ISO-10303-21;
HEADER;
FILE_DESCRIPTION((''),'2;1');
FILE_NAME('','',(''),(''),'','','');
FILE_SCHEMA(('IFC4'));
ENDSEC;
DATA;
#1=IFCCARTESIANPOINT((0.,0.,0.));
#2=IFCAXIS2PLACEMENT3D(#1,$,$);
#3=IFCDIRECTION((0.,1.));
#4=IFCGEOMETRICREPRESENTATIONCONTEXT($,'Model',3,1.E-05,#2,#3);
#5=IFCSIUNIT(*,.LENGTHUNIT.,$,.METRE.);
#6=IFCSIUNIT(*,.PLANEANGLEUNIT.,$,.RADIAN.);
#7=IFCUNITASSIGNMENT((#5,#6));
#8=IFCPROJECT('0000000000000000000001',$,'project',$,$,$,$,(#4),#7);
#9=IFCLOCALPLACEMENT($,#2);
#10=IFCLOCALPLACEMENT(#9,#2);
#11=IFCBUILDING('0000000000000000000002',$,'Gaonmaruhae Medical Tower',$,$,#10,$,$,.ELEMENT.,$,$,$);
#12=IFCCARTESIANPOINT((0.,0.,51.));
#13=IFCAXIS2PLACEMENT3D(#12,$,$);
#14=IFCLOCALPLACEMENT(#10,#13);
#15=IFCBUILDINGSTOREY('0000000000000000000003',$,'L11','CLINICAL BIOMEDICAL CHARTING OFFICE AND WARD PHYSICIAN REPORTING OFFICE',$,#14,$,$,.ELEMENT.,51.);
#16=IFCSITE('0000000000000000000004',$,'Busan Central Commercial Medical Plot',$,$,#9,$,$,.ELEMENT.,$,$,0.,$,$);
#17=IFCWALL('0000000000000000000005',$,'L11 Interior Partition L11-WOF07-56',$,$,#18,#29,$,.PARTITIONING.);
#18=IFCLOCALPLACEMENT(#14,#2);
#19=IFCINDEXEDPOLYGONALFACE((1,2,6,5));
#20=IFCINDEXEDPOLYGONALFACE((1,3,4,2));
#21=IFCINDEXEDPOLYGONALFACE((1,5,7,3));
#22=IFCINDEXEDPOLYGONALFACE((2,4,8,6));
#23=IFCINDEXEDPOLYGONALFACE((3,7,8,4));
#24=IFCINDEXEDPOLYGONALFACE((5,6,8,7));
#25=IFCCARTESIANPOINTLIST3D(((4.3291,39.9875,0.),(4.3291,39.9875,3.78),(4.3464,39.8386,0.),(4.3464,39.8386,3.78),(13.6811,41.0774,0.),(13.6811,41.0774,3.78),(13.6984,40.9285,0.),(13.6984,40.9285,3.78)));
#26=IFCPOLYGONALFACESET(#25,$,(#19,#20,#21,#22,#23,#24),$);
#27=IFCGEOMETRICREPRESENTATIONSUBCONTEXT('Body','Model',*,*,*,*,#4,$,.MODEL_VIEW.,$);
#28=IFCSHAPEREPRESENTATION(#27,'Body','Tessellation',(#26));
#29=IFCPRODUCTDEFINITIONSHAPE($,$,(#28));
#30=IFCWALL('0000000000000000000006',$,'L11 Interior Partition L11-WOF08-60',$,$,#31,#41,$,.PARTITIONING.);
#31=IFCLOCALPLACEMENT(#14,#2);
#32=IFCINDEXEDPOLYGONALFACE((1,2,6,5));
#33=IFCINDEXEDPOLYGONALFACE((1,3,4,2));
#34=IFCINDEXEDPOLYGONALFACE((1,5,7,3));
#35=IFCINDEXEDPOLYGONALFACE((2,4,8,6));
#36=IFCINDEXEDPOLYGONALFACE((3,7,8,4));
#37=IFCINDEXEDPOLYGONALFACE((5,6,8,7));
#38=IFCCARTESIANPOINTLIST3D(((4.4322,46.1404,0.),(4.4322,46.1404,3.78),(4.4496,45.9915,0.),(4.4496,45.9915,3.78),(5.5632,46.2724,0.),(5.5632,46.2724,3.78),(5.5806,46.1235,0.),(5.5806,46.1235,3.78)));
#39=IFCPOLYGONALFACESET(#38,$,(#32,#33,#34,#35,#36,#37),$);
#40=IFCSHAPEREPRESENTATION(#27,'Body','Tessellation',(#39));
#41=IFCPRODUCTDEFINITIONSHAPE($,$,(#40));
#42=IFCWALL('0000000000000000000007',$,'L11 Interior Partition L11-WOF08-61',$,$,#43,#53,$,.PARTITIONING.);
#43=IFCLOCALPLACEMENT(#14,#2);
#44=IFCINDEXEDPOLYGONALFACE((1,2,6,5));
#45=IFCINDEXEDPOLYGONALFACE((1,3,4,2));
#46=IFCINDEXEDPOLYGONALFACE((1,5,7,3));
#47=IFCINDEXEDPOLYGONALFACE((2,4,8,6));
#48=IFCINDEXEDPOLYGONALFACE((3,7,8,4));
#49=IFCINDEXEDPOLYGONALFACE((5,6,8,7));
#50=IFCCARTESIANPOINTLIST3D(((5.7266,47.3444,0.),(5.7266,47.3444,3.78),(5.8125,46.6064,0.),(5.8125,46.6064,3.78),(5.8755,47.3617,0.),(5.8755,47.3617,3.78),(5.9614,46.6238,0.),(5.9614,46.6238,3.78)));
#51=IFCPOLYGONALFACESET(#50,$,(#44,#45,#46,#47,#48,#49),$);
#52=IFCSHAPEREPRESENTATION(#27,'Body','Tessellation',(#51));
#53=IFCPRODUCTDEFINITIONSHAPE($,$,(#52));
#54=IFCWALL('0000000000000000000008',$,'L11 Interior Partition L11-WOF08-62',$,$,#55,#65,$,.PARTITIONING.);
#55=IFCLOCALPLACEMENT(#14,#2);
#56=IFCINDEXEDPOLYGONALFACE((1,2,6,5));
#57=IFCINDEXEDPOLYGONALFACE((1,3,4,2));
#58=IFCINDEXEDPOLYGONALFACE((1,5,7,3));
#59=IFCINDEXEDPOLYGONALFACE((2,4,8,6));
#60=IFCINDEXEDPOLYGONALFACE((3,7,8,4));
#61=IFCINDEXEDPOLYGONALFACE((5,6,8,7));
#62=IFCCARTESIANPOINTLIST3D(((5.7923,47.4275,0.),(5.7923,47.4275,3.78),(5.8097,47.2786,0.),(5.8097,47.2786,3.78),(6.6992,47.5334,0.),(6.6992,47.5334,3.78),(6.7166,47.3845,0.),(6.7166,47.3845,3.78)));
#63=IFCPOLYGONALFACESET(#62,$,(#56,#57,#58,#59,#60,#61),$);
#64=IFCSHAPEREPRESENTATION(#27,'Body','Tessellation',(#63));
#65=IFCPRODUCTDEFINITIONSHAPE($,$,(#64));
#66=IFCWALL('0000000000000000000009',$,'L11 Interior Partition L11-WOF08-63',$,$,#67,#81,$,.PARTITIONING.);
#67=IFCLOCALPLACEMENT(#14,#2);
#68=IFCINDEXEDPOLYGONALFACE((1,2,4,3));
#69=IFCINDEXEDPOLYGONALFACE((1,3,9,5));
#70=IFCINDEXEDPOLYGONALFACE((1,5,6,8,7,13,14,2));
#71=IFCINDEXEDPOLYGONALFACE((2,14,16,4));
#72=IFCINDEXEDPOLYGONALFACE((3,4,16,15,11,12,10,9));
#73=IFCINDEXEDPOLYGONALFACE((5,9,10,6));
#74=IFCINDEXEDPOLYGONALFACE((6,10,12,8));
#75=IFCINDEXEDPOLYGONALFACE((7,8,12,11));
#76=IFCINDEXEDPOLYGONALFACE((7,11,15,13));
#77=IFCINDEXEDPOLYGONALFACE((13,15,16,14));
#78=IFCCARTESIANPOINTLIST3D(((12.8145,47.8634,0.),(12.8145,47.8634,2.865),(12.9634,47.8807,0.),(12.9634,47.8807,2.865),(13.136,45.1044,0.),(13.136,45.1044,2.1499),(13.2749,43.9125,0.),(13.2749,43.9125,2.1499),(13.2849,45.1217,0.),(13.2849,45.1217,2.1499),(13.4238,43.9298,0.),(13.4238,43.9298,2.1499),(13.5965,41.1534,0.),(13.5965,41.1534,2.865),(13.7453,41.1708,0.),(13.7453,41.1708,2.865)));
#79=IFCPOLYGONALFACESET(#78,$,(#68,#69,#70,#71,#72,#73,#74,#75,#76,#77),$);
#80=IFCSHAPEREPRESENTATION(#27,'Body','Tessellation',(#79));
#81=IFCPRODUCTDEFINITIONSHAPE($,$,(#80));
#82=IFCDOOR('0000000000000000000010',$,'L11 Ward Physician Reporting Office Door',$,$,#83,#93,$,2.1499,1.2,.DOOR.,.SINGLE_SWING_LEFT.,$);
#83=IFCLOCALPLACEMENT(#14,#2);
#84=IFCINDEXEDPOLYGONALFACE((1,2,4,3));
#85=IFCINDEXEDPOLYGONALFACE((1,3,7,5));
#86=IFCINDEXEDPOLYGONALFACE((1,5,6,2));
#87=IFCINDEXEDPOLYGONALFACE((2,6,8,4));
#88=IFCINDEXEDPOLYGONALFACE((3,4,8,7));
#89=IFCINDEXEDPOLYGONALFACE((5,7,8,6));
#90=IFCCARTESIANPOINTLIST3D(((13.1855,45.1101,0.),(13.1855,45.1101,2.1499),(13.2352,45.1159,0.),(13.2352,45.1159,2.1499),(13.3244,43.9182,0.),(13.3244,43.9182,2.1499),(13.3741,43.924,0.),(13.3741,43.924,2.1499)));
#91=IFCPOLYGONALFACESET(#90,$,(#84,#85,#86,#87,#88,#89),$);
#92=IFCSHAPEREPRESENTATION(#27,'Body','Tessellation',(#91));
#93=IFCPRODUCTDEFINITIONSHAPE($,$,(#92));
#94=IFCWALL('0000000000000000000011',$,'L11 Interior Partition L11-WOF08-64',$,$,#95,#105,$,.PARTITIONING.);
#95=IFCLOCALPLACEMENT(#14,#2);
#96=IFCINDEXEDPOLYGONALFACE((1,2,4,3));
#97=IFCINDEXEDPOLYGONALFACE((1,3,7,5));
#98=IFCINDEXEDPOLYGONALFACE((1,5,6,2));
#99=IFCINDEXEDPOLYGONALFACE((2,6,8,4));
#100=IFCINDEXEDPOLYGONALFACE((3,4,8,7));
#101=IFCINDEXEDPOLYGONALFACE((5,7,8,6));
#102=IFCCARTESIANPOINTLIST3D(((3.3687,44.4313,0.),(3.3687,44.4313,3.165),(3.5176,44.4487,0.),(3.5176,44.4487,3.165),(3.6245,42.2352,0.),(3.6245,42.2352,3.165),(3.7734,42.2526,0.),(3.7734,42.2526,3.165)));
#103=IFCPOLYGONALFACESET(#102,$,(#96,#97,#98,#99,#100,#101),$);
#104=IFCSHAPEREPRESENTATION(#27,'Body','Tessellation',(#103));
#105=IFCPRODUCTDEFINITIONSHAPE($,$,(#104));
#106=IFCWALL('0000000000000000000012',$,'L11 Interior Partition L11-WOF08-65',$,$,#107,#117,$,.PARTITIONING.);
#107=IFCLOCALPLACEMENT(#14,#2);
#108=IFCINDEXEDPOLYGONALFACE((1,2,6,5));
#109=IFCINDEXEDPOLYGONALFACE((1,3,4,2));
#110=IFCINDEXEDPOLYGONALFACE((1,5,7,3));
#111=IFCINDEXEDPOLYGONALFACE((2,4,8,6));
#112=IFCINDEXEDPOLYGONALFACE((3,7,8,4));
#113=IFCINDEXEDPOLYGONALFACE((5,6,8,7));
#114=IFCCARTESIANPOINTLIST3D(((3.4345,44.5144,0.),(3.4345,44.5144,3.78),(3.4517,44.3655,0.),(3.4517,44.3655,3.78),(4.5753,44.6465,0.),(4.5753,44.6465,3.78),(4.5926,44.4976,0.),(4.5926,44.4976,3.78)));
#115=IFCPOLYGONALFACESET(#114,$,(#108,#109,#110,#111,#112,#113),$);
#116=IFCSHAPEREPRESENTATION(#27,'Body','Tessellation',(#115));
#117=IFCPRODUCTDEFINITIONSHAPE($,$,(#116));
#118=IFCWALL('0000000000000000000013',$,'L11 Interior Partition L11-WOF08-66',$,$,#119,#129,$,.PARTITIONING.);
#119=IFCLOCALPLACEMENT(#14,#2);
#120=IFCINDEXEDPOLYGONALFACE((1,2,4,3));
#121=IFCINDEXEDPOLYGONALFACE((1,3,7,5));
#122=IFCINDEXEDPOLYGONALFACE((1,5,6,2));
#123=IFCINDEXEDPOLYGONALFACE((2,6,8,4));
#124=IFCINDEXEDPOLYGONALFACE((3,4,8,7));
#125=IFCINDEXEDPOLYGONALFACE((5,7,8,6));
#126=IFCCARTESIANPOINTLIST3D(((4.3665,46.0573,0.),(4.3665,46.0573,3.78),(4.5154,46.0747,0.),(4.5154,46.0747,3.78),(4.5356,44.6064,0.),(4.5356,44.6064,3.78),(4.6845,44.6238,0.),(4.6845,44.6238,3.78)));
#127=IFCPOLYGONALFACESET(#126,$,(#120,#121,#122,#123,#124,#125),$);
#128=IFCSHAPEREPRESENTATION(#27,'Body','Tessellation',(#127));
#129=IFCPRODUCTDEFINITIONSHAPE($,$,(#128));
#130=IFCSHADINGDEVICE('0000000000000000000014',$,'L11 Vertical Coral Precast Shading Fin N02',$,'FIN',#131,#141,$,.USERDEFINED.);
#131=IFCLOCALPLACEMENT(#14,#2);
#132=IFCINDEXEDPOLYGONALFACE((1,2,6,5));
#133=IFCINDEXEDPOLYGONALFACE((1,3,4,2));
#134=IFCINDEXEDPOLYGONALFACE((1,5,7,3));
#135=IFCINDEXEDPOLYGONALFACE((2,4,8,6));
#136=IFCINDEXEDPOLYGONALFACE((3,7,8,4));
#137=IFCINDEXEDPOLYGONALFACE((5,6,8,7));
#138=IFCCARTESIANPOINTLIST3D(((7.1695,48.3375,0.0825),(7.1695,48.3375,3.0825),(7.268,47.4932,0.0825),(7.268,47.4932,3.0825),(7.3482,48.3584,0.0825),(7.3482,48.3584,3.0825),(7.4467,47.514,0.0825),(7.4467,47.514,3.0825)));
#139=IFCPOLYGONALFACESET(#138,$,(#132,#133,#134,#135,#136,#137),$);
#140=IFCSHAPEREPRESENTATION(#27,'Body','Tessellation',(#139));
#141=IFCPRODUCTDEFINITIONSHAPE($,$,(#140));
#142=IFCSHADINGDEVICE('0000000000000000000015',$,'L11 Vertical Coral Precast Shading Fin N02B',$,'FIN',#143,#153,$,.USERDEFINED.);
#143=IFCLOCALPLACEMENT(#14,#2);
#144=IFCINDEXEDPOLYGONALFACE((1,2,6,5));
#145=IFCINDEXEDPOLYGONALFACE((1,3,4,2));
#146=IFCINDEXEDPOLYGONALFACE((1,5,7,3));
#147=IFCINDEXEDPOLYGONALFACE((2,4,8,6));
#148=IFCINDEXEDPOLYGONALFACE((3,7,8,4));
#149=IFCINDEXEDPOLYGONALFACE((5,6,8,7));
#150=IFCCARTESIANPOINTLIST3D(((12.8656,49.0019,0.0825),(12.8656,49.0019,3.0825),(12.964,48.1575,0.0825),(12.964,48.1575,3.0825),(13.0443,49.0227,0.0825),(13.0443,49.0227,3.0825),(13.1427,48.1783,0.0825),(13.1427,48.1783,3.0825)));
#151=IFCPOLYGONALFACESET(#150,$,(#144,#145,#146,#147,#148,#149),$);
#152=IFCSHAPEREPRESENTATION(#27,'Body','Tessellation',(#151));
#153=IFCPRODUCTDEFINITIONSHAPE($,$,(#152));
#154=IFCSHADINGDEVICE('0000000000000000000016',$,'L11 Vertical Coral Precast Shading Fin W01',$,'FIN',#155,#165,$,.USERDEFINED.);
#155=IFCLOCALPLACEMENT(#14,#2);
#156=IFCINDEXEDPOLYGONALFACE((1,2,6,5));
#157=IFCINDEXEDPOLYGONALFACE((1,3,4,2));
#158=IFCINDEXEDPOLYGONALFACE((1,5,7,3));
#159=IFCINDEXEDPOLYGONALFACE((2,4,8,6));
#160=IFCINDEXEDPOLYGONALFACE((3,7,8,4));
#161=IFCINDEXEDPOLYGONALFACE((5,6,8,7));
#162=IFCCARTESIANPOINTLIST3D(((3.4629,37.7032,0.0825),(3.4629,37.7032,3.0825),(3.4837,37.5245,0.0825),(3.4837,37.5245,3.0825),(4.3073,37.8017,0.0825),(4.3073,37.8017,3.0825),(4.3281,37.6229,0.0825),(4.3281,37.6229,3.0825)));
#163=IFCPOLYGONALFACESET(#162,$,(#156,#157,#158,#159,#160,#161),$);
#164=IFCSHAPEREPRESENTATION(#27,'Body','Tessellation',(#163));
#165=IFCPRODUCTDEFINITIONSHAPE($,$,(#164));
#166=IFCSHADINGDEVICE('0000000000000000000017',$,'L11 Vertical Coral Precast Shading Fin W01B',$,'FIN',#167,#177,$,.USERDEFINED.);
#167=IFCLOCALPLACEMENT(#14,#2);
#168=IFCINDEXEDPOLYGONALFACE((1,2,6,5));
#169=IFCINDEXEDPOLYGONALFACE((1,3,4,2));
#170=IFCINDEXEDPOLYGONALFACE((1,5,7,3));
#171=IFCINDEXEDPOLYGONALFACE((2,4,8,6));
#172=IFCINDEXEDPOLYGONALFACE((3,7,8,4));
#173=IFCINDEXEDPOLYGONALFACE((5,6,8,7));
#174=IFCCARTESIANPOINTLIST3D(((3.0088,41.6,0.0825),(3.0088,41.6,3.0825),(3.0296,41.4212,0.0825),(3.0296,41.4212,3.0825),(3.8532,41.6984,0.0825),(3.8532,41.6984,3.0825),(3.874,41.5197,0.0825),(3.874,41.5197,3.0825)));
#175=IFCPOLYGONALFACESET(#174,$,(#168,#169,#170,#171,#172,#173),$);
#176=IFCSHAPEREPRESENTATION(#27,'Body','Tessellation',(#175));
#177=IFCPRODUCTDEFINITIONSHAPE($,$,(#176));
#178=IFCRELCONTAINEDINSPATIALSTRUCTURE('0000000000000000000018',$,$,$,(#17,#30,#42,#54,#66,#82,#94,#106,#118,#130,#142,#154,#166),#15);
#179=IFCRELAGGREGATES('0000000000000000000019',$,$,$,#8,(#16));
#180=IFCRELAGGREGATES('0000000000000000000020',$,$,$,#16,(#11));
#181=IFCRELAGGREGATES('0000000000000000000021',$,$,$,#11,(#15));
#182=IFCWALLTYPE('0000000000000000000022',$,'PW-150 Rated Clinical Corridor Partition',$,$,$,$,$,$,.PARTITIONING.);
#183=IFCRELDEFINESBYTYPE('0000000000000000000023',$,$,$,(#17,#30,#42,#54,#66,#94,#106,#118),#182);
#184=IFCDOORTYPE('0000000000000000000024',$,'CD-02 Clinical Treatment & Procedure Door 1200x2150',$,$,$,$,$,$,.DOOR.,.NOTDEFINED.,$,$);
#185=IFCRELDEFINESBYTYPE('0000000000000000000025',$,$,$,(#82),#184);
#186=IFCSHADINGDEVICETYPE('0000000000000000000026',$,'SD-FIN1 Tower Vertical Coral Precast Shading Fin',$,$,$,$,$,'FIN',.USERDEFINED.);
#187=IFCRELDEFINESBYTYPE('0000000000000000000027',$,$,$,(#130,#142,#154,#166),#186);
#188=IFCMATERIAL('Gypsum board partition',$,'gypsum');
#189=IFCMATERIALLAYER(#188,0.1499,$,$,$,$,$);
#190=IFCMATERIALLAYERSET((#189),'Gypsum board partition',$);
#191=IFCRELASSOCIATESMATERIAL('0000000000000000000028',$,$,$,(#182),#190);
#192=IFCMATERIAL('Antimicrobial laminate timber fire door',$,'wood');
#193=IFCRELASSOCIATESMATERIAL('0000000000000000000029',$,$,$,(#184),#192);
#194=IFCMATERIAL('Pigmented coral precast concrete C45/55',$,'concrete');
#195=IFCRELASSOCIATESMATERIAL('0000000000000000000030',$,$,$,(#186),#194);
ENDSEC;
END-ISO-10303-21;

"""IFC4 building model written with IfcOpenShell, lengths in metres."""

from ifc_helpers import new_model, si_unit, direction, frame, frame_2d, origin, origin_2d, place, context, subcontext, project, spatial, rectangle, extrude, material, layer, layer_set, type_object, element, fill, save


model = new_model("IFC4")

# Units and contexts
model_context = context("Model", 3, precision=1e-05, world=origin(), true_north=direction((0.0, 1.0)))
body_context = subcontext(model_context, "Body", "Model", "MODEL_VIEW")
ifc_project = project(units=[si_unit("LENGTHUNIT", "METRE"), si_unit("PLANEANGLEUNIT", "RADIAN")], contexts=[model_context])

# Site, building, storey
site_placement = place(None, origin())
site = spatial("IfcSite", under=ifc_project, at=site_placement, Name="Busan Central Commercial Medical Plot", CompositionType="ELEMENT", RefElevation=0.0)
building_placement = place(site_placement, origin())
building = spatial("IfcBuilding", under=site, at=building_placement, Name="Gaonmaruhae Medical Tower", CompositionType="ELEMENT")
storey_placement = place(building_placement, frame((0.0, 0.0, 51.0)))
storey = spatial("IfcBuildingStorey", under=building, at=storey_placement, Name="L11", Description="CLINICAL BIOMEDICAL CHARTING OFFICE AND WARD PHYSICIAN REPORTING OFFICE", CompositionType="ELEMENT", Elevation=51.0)

# Walls
ifc_material_1 = material(Name="Gypsum board partition", Category="gypsum")
ifc_layer_1 = layer(ifc_material_1, 0.1499)
ifc_layer_set_1 = layer_set([ifc_layer_1], Name="Gypsum board partition")
wall_type_1 = type_object("IfcWallType", Name="PW-150 Rated Clinical Corridor Partition", PredefinedType="PARTITIONING", material=ifc_layer_set_1)
wall_1_placement = place(storey_placement, frame((4.3379, 39.9131, 0.0), z_axis=(0.0, 0.0, 1.0), x_axis=(0.993278, 0.115752, 0.0)))
element("IfcWall", 1, at=wall_1_placement, inside=storey, type_object=wall_type_1, Name="L11 Interior Partition L11-WOF07-56", PredefinedType="PARTITIONING", context=body_context, shape_type="SweptSolid", body=[
    extrude(rectangle(XDim=9.4153, YDim=0.1499, at=frame_2d((4.7075, 0.0))), origin(), (0.0, 0.0, 1.0), 3.78),
])
wall_2_placement = place(storey_placement, frame((4.4409, 46.0659, 0.0), z_axis=(0.0, 0.0, 1.0), x_axis=(0.993251, 0.115983, 0.0)))
element("IfcWall", 2, at=wall_2_placement, inside=storey, type_object=wall_type_1, Name="L11 Interior Partition L11-WOF08-60", PredefinedType="PARTITIONING", context=body_context, shape_type="SweptSolid", body=[
    extrude(rectangle(XDim=1.1387, YDim=0.1499, at=frame_2d((0.5693, 0.0))), origin(), (0.0, 0.0, 1.0), 3.78),
])
wall_3_placement = place(storey_placement, frame((5.887, 46.615, 0.0), z_axis=(0.0, 0.0, 1.0), x_axis=(-0.115659, 0.993289, 0.0)))
element("IfcWall", 3, at=wall_3_placement, inside=storey, type_object=wall_type_1, Name="L11 Interior Partition L11-WOF08-61", PredefinedType="PARTITIONING", context=body_context, shape_type="SweptSolid", body=[
    extrude(rectangle(XDim=0.7429, YDim=0.1499, at=frame_2d((0.3716, 0.0))), origin(), (0.0, 0.0, 1.0), 3.78),
])
wall_4_placement = place(storey_placement, frame((5.801, 47.353, 0.0), z_axis=(0.0, 0.0, 1.0), x_axis=(0.993245, 0.116035, 0.0)))
element("IfcWall", 4, at=wall_4_placement, inside=storey, type_object=wall_type_1, Name="L11 Interior Partition L11-WOF08-62", PredefinedType="PARTITIONING", context=body_context, shape_type="SweptSolid", body=[
    extrude(rectangle(XDim=0.9131, YDim=0.1499, at=frame_2d((0.4565, 0.0))), origin(), (0.0, 0.0, 1.0), 3.78),
])

# Wall, opening, door
wall_5_placement = place(storey_placement, frame((12.8889, 47.8721, 0.0), z_axis=(0.0, 0.0, 1.0), x_axis=(0.115757, -0.993278, 0.0)))
wall_5 = element("IfcWall", 5, at=wall_5_placement, inside=storey, type_object=wall_type_1, Name="L11 Interior Partition L11-WOF08-63", PredefinedType="PARTITIONING", context=body_context, shape_type="SweptSolid", body=[
    extrude(rectangle(XDim=6.7554, YDim=0.1499, at=frame_2d((3.3777, 0.0))), origin(), (0.0, 0.0, 1.0), 2.865),
])
opening_placement = place(wall_5_placement, frame((2.7776, 0.0, 0.0)))
opening = element("IfcOpeningElement", 6, at=opening_placement, cuts=wall_5, PredefinedType="OPENING", context=body_context, shape_type="SweptSolid", body=[
    extrude(rectangle(XDim=1.2, YDim=2.1499, at=frame_2d((0.6001, 1.075))), frame((0.0, 0.085, 0.0), z_axis=(0.0, -1.0, 0.0), x_axis=(1.0, 0.0, 0.0)), (0.0, 0.0, 1.0), 0.1699),
])
ifc_material_2 = material(Name="Antimicrobial laminate timber fire door", Category="wood")
door_type = type_object("IfcDoorType", Name="CD-02 Clinical Treatment & Procedure Door 1200x2150", OperationType="NOTDEFINED", PredefinedType="DOOR", material=ifc_material_2)
door_placement = place(opening_placement, origin())
door = element("IfcDoor", 7, at=door_placement, inside=storey, type_object=door_type, Name="L11 Ward Physician Reporting Office Door", OperationType="SINGLE_SWING_LEFT", OverallHeight=2.1499, OverallWidth=1.2, PredefinedType="DOOR", context=body_context, shape_type="SweptSolid", body=[
    extrude(rectangle(XDim=1.2, YDim=2.1499, at=frame_2d((0.6001, 1.075))), frame((0.0, 0.0249, 0.0), z_axis=(0.0, -1.0, 0.0), x_axis=(1.0, 0.0, 0.0)), (0.0, 0.0, 1.0), 0.05),
])
fill(opening, door)

# Walls
wall_6_placement = place(storey_placement, frame((3.699, 42.2439, 0.0), z_axis=(0.0, 0.0, 1.0), x_axis=(-0.115726, 0.993281, 0.0)))
element("IfcWall", 8, at=wall_6_placement, inside=storey, type_object=wall_type_1, Name="L11 Interior Partition L11-WOF08-64", PredefinedType="PARTITIONING", context=body_context, shape_type="SweptSolid", body=[
    extrude(rectangle(XDim=2.2109, YDim=0.1499, at=frame_2d((1.1055, 0.0))), origin(), (0.0, 0.0, 1.0), 3.165),
])
wall_7_placement = place(storey_placement, frame((3.4431, 44.4399, 0.0), z_axis=(0.0, 0.0, 1.0), x_axis=(0.993365, 0.115003, 0.0)))
element("IfcWall", 9, at=wall_7_placement, inside=storey, type_object=wall_type_1, Name="L11 Interior Partition L11-WOF08-65", PredefinedType="PARTITIONING", context=body_context, shape_type="SweptSolid", body=[
    extrude(rectangle(XDim=1.1484, YDim=0.1499, at=frame_2d((0.5742, 0.0))), origin(), (0.0, 0.0, 1.0), 3.78),
])
wall_8_placement = place(storey_placement, frame((4.6101, 44.615, 0.0), z_axis=(0.0, 0.0, 1.0), x_axis=(-0.115823, 0.99327, 0.0)))
element("IfcWall", 10, at=wall_8_placement, inside=storey, type_object=wall_type_1, Name="L11 Interior Partition L11-WOF08-66", PredefinedType="PARTITIONING", context=body_context, shape_type="SweptSolid", body=[
    extrude(rectangle(XDim=1.4607, YDim=0.1499, at=frame_2d((0.7305, 0.0))), origin(), (0.0, 0.0, 1.0), 3.78),
])

# Shading devices
ifc_material_3 = material(Name="Pigmented coral precast concrete C45/55", Category="concrete")
shading_device_type = type_object("IfcShadingDeviceType", Name="SD-FIN1 Tower Vertical Coral Precast Shading Fin", ElementType="FIN", PredefinedType="USERDEFINED", material=ifc_material_3)
for number, where, z_axis, x_axis, name in (
    (11, (7.3081, 47.9258, 0.0825), (0.0, 0.0, 1.0), (0.99327, 0.115821, 0.0), "L11 Vertical Coral Precast Shading Fin N02"),
    (12, (13.0042, 48.5901, 0.0825), (0.0, 0.0, 1.0), (0.99327, 0.115821, 0.0), "L11 Vertical Coral Precast Shading Fin N02B"),
    (13, (3.8955, 37.6631, 0.0825), (0.0, 0.0, 1.0), (-0.115787, 0.993274, 0.0), "L11 Vertical Coral Precast Shading Fin W01"),
    (14, (3.4414, 41.5598, 0.0825), (0.0, 0.0, 1.0), (-0.115787, 0.993274, 0.0), "L11 Vertical Coral Precast Shading Fin W01B"),
):
    element("IfcShadingDevice", number, at=place(storey_placement, frame(where, z_axis=z_axis, x_axis=x_axis)), inside=storey, type_object=shading_device_type, Name=name, ObjectType="FIN", PredefinedType="USERDEFINED", context=body_context, shape_type="SweptSolid", body=[
        extrude(rectangle(XDim=0.1799, YDim=0.8501, at=origin_2d()), origin(), (0.0, 0.0, 1.0), 3.0),
    ])

save(model, "model.ifc")
